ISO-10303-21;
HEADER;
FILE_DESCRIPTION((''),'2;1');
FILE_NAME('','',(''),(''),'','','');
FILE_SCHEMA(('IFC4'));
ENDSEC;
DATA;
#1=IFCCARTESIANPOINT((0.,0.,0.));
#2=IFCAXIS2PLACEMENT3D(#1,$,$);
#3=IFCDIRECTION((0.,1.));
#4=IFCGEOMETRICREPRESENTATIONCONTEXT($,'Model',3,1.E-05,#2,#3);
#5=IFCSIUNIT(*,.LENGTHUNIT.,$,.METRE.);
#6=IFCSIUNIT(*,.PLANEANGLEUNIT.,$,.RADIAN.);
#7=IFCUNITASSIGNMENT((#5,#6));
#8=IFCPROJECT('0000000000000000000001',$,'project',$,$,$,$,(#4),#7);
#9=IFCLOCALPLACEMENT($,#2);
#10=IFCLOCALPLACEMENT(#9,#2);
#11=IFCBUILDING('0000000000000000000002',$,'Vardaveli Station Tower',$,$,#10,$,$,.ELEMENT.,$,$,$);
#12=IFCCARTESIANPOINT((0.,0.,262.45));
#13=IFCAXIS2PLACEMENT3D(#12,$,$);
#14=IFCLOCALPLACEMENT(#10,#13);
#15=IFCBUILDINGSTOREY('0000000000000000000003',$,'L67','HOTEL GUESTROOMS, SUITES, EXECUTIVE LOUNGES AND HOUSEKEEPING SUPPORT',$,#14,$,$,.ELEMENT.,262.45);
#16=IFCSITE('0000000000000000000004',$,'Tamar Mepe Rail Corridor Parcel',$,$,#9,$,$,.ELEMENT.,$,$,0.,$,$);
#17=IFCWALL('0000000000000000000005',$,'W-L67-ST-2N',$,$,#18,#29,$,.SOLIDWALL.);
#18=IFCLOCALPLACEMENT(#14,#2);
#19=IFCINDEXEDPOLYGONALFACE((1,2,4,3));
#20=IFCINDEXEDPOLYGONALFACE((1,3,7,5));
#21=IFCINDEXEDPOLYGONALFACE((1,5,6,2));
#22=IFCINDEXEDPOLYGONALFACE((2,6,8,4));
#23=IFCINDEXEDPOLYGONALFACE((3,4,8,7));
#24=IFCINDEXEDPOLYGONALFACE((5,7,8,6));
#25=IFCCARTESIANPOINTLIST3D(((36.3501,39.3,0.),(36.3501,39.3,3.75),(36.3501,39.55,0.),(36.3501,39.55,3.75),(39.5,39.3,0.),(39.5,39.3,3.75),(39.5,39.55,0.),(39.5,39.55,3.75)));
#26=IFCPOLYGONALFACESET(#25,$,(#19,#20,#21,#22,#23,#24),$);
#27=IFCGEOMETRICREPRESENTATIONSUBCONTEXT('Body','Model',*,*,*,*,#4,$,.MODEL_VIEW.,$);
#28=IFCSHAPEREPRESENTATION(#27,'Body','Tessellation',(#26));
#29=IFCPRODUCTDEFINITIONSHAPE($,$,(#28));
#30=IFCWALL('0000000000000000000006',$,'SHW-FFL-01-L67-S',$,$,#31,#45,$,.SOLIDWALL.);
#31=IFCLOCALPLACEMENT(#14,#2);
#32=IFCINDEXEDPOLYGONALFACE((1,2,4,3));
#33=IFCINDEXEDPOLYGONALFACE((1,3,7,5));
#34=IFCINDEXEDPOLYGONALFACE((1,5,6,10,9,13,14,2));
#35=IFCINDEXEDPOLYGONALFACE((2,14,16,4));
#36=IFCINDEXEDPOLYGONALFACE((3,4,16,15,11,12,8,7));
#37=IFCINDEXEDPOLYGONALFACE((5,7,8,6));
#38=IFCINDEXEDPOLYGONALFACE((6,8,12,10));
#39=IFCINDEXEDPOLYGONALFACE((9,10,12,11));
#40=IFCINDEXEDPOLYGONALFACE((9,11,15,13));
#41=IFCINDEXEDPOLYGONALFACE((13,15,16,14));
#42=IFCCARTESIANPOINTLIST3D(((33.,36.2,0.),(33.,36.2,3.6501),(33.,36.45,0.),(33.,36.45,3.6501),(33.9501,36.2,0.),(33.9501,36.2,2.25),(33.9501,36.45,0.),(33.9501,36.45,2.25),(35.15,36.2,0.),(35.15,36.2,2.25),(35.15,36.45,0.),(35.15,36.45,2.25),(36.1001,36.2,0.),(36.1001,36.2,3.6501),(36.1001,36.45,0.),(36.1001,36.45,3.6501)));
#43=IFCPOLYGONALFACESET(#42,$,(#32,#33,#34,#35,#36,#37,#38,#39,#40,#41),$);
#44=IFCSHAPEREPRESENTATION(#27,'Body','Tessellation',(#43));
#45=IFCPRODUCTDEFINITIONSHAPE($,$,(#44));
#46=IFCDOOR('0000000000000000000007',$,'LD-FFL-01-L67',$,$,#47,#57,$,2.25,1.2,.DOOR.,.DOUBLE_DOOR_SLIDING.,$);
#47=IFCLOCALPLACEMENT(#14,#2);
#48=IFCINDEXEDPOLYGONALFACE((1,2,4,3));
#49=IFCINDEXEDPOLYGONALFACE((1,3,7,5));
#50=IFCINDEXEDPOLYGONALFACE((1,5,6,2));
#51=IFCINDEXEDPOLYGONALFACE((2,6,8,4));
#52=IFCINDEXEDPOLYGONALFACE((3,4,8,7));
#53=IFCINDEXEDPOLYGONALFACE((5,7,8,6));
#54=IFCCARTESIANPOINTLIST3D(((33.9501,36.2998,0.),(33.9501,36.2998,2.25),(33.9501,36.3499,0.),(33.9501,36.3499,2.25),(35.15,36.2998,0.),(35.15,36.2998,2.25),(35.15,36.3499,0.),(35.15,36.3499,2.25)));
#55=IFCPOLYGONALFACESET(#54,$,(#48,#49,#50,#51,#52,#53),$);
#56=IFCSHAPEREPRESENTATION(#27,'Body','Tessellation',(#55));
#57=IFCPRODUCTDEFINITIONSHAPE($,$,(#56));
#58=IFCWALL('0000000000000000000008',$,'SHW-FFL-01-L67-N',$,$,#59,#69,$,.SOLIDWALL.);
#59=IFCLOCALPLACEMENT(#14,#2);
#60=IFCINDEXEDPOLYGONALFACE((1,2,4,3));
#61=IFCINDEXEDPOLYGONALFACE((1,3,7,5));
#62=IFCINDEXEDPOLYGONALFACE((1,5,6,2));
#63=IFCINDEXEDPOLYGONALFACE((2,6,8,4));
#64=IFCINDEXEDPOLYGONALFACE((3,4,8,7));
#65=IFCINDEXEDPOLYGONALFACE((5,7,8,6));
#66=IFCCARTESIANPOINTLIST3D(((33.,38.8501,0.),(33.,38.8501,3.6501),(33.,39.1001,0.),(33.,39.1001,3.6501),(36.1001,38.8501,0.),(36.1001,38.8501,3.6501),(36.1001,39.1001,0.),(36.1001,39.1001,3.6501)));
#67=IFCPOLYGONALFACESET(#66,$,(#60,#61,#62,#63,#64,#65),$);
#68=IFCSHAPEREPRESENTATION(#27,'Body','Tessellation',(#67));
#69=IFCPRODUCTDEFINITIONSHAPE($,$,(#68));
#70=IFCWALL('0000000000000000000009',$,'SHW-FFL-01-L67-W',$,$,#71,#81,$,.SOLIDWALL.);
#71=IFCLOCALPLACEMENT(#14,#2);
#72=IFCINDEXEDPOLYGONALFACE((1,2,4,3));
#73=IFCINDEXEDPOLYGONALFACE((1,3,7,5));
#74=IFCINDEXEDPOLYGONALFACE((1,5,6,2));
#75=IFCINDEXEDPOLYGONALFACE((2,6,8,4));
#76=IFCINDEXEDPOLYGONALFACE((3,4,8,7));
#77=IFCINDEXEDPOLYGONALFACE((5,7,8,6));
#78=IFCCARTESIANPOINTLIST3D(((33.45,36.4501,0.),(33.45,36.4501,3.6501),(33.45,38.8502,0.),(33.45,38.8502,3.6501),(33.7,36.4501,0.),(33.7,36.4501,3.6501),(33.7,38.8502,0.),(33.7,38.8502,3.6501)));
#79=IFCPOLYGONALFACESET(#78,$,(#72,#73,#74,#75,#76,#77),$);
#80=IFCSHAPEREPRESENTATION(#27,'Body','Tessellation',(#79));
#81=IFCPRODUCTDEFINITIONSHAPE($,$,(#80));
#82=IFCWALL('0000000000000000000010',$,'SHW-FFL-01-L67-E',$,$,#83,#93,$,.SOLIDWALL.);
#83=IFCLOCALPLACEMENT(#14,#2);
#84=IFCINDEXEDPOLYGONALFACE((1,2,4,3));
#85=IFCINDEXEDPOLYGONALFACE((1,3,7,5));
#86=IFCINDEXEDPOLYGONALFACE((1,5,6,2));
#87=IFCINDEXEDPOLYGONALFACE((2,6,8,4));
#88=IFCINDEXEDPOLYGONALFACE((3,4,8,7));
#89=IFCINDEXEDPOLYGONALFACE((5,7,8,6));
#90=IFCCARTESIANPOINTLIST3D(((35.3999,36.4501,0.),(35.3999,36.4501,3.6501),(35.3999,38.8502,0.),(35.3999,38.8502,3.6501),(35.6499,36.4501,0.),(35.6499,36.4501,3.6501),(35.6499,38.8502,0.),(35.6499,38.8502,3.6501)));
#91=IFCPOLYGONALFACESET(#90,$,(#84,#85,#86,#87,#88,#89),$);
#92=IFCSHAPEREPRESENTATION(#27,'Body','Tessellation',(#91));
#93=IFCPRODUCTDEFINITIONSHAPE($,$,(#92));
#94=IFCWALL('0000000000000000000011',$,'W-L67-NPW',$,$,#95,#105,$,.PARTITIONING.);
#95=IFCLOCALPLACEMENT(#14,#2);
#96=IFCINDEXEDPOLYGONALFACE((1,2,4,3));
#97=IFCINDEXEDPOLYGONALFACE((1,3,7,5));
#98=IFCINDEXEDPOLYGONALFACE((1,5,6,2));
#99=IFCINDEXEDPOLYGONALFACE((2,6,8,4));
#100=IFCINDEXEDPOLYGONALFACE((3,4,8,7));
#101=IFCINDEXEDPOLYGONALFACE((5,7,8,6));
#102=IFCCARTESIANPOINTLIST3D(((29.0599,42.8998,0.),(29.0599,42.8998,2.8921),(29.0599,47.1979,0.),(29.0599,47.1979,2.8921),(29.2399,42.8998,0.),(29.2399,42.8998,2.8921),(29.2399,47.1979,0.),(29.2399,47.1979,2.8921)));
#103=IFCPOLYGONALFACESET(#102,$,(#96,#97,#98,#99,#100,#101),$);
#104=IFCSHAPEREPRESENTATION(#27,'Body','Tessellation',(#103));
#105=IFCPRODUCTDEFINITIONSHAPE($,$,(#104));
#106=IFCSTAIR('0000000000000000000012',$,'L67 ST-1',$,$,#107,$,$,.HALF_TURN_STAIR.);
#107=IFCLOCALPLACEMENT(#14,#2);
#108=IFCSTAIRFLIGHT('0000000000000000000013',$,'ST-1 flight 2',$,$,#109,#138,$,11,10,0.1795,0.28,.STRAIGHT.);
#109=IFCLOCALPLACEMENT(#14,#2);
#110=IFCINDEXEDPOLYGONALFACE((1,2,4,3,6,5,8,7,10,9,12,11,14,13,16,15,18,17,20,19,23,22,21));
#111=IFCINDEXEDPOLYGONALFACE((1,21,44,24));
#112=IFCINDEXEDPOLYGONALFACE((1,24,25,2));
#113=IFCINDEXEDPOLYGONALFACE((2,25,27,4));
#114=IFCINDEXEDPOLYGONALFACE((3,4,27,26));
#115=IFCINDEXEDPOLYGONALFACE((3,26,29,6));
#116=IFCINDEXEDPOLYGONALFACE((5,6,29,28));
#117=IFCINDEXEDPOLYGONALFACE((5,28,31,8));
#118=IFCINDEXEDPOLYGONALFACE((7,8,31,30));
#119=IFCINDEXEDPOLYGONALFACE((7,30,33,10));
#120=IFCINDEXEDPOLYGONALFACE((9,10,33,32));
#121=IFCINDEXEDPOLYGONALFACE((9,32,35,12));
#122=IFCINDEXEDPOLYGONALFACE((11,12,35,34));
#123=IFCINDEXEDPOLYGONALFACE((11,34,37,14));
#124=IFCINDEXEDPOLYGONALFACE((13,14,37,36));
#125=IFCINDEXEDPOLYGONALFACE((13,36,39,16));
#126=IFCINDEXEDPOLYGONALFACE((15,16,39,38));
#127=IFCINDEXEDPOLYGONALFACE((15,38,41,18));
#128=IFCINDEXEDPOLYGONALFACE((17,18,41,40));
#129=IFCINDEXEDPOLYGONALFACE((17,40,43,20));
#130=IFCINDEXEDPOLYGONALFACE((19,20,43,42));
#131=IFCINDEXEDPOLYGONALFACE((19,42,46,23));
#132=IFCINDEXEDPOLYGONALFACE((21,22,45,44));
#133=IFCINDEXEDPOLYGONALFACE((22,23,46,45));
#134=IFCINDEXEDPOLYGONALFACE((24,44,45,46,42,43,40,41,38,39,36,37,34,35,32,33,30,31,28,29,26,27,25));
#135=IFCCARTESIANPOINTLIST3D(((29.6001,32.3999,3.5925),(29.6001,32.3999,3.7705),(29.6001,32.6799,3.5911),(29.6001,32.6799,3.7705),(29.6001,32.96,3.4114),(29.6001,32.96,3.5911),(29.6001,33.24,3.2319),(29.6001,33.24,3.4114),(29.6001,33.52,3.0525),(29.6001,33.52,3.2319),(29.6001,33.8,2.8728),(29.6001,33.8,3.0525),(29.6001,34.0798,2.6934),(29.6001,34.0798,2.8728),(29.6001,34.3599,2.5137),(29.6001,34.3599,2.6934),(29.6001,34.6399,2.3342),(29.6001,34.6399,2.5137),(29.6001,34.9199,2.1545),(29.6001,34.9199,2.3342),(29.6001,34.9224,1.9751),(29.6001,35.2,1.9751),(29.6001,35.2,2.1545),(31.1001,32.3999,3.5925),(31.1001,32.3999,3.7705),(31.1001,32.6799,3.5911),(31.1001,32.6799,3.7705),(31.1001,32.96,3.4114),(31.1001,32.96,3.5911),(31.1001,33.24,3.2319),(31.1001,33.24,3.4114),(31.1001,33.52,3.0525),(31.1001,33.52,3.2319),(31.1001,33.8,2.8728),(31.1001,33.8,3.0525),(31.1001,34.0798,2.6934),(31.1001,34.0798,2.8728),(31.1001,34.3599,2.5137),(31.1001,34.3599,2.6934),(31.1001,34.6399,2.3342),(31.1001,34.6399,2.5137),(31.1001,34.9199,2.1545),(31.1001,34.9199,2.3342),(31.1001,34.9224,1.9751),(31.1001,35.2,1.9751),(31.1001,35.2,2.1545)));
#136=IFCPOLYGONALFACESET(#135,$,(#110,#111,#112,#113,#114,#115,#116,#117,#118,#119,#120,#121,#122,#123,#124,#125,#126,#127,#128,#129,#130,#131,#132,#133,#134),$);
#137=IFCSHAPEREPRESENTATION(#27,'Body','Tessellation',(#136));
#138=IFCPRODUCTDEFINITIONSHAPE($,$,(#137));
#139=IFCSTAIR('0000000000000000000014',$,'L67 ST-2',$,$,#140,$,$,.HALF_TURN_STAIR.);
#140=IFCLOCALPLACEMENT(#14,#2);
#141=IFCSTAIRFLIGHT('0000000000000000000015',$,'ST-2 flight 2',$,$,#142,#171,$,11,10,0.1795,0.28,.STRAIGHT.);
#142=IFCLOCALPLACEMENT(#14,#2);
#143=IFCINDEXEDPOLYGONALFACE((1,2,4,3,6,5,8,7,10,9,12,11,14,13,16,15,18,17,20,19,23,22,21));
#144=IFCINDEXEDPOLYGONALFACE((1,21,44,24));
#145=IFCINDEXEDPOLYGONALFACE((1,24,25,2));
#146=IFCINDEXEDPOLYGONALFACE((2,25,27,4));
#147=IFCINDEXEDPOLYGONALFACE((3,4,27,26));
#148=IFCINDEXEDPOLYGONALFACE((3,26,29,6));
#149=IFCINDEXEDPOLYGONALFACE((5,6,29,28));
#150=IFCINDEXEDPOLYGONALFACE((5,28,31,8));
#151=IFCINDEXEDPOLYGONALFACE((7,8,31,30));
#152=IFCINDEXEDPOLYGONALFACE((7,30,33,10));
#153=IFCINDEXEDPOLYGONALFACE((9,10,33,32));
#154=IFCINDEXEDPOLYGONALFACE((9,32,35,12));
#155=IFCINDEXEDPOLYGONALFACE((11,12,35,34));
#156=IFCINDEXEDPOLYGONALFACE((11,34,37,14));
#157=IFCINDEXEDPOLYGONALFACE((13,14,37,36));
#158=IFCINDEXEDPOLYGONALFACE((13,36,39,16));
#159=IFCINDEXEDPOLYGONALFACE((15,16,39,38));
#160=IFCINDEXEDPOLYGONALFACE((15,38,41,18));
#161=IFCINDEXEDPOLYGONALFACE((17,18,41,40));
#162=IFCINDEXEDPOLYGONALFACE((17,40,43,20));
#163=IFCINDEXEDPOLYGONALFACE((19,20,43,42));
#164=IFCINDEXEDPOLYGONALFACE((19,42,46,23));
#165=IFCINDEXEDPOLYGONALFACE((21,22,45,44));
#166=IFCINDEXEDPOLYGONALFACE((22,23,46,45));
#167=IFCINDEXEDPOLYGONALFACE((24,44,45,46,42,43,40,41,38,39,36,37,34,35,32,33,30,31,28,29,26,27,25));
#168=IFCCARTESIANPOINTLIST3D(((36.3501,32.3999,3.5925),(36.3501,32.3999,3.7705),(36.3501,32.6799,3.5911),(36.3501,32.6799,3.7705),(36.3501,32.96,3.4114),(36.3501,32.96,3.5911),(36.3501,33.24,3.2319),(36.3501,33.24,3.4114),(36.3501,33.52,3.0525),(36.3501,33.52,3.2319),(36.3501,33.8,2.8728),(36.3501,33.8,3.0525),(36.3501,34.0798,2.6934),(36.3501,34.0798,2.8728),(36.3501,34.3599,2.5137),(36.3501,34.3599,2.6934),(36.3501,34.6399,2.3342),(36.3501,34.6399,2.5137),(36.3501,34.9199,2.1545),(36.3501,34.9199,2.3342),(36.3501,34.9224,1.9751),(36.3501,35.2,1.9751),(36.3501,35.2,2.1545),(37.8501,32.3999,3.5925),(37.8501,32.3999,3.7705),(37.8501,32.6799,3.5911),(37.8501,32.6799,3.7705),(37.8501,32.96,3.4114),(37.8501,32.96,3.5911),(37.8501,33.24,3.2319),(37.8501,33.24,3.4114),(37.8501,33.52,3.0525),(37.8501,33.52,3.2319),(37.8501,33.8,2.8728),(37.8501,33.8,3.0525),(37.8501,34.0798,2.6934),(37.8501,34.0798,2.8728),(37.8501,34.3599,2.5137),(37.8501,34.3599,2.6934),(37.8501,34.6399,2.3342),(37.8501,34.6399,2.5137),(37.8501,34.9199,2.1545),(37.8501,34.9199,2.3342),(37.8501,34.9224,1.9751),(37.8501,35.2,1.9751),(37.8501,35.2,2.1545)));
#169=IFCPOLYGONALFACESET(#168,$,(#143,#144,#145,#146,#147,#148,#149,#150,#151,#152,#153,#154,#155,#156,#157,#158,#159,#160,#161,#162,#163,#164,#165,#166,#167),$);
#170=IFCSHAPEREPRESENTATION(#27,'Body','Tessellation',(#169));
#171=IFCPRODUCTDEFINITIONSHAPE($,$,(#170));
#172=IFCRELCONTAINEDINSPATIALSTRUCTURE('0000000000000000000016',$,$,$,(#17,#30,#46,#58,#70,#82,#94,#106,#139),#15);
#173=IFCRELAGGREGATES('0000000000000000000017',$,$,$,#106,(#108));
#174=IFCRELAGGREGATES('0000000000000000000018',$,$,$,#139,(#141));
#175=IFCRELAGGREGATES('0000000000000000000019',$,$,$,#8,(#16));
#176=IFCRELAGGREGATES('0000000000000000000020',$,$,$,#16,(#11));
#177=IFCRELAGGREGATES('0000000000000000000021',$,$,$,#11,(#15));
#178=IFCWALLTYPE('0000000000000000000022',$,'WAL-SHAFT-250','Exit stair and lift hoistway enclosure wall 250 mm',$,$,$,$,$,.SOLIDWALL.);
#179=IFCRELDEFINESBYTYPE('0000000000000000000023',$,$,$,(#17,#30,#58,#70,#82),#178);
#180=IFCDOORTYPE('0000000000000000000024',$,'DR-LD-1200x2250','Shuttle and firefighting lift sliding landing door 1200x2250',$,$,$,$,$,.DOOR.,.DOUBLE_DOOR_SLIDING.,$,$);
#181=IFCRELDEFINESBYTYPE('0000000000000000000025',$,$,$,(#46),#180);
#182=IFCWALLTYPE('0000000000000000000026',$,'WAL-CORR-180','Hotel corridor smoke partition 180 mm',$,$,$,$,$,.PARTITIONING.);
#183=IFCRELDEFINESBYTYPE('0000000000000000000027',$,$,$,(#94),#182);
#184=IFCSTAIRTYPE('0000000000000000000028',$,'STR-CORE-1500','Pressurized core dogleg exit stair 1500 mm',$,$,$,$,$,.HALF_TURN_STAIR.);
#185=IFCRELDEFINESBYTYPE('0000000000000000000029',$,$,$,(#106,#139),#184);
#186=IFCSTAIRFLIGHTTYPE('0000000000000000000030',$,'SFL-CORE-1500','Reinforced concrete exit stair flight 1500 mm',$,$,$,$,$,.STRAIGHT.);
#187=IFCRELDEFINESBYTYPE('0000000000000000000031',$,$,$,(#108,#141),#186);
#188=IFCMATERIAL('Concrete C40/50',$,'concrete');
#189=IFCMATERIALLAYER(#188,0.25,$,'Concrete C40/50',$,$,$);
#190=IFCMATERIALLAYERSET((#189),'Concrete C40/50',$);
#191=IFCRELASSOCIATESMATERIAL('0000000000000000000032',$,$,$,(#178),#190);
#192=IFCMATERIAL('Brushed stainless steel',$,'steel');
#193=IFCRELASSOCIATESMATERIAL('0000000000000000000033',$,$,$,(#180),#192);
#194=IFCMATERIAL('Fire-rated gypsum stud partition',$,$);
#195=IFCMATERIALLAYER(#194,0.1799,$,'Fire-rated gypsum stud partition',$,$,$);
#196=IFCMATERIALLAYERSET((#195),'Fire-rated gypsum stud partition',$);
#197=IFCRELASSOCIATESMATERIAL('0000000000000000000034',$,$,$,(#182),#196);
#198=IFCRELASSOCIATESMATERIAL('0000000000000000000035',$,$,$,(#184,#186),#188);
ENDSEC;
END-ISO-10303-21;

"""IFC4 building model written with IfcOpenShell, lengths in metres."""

from ifc_helpers import new_model, si_unit, direction, frame, frame_2d, origin, place, context, subcontext, project, spatial, polyline, rectangle, outline, extrude, source, transform, mapped, material, layer, layer_set, type_object, element, fill, aggregate, save


model = new_model("IFC4")

# Units and contexts
model_context = context("Model", 3, precision=1e-05, world=origin(), true_north=direction((0.0, 1.0)))
body_context = subcontext(model_context, "Body", "Model", "MODEL_VIEW")
ifc_project = project(units=[si_unit("LENGTHUNIT", "METRE"), si_unit("PLANEANGLEUNIT", "RADIAN")], contexts=[model_context])

# Site, building, storey
site_placement = place(None, origin())
site = spatial("IfcSite", under=ifc_project, at=site_placement, Name="Tamar Mepe Rail Corridor Parcel", CompositionType="ELEMENT", RefElevation=0.0)
building_placement = place(site_placement, origin())
building = spatial("IfcBuilding", under=site, at=building_placement, Name="Vardaveli Station Tower", CompositionType="ELEMENT")
storey_placement = place(building_placement, frame((0.0, 0.0, 262.45)))
storey = spatial("IfcBuildingStorey", under=building, at=storey_placement, Name="L67", Description="HOTEL GUESTROOMS, SUITES, EXECUTIVE LOUNGES AND HOUSEKEEPING SUPPORT", CompositionType="ELEMENT", Elevation=262.45)

# Wall
ifc_material_1 = material(Name="Concrete C40/50", Category="concrete")
ifc_layer_1 = layer(ifc_material_1, 0.25, Name="Concrete C40/50")
ifc_layer_set_1 = layer_set([ifc_layer_1], Name="Concrete C40/50")
wall_type_1 = type_object("IfcWallType", Name="WAL-SHAFT-250", Description="Exit stair and lift hoistway enclosure wall 250 mm", PredefinedType="SOLIDWALL", material=ifc_layer_set_1)
shared_shape_1 = source(origin(), body_context, "Body", "SweptSolid", [
    extrude(rectangle(XDim=3.1499, YDim=0.25, at=frame_2d((1.575, 0.0))), origin(), (0.0, 0.0, 1.0), 3.75),
])
for number, where, z_axis, x_axis, name in (
    (1, (36.3501, 39.425, 0.0), (0.0, 0.0, 1.0), (1.0, 0.0, 0.0), "W-L67-ST-2N"),
):
    element("IfcWall", number, at=place(storey_placement, frame(where, z_axis=z_axis, x_axis=x_axis)), inside=storey, type_object=wall_type_1, Name=name, PredefinedType="SOLIDWALL", context=body_context, shape_type="MappedRepresentation", body=[
        mapped(shared_shape_1, transform((0.0, 0.0, 0.0), scale=1.0)),
    ])

# Wall, opening, door
shared_shape_2 = source(origin(), body_context, "Body", "SweptSolid", [
    extrude(rectangle(XDim=3.1001, YDim=0.25, at=frame_2d((1.55, 0.0))), origin(), (0.0, 0.0, 1.0), 3.6501),
])
wall_1_placement = place(storey_placement, frame((33.0, 36.325, 0.0), z_axis=(0.0, 0.0, 1.0), x_axis=(1.0, 0.0, 0.0)))
wall_1 = element("IfcWall", 2, at=wall_1_placement, inside=storey, type_object=wall_type_1, Name="SHW-FFL-01-L67-S", PredefinedType="SOLIDWALL", context=body_context, shape_type="MappedRepresentation", body=[
    mapped(shared_shape_2, transform((0.0, 0.0, 0.0), scale=1.0)),
])
shared_shape_3 = source(origin(), body_context, "Body", "SweptSolid", [
    extrude(rectangle(XDim=1.2, YDim=2.25, at=frame_2d((0.6001, 1.125))), frame((0.0, 0.135, 0.0), z_axis=(0.0, -1.0, 0.0), x_axis=(1.0, 0.0, 0.0)), (0.0, 0.0, 1.0), 0.27),
])
opening_1_placement = place(wall_1_placement, frame((0.95, 0.0, 0.0)))
opening_1 = element("IfcOpeningElement", 3, at=opening_1_placement, cuts=wall_1, PredefinedType="OPENING", context=body_context, shape_type="MappedRepresentation", body=[
    mapped(shared_shape_3, transform((0.0, 0.0, 0.0), scale=1.0)),
])
ifc_material_2 = material(Name="Brushed stainless steel", Category="steel")
door_type_1 = type_object("IfcDoorType", Name="DR-LD-1200x2250", Description="Shuttle and firefighting lift sliding landing door 1200x2250", OperationType="DOUBLE_DOOR_SLIDING", PredefinedType="DOOR", material=ifc_material_2)
shared_shape_4 = source(origin(), body_context, "Body", "SweptSolid", [
    extrude(rectangle(XDim=1.2, YDim=2.25, at=frame_2d((0.6001, 1.125))), frame((0.0, 0.0249, 0.0), z_axis=(0.0, -1.0, 0.0), x_axis=(1.0, 0.0, 0.0)), (0.0, 0.0, 1.0), 0.05),
])
door_1_placement = place(opening_1_placement, origin())
door_1 = element("IfcDoor", 4, at=door_1_placement, inside=storey, type_object=door_type_1, Name="LD-FFL-01-L67", OperationType="DOUBLE_DOOR_SLIDING", OverallHeight=2.25, OverallWidth=1.2, PredefinedType="DOOR", context=body_context, shape_type="MappedRepresentation", body=[
    mapped(shared_shape_4, transform((0.0, 0.0, 0.0), scale=1.0)),
])
fill(opening_1, door_1)

# Walls
wall_2_placement = place(storey_placement, frame((33.0, 38.9751, 0.0), z_axis=(0.0, 0.0, 1.0), x_axis=(1.0, 0.0, 0.0)))
element("IfcWall", 5, at=wall_2_placement, inside=storey, type_object=wall_type_1, Name="SHW-FFL-01-L67-N", PredefinedType="SOLIDWALL", context=body_context, shape_type="MappedRepresentation", body=[
    mapped(shared_shape_2, transform((0.0, 0.0, 0.0), scale=1.0)),
])
shared_shape_5 = source(origin(), body_context, "Body", "SweptSolid", [
    extrude(rectangle(XDim=2.4001, YDim=0.25, at=frame_2d((1.2002, 0.0))), origin(), (0.0, 0.0, 1.0), 3.6501),
])
for number, where, z_axis, x_axis, name in (
    (6, (33.575, 36.45, 0.0), (0.0, 0.0, 1.0), (0.0, 1.0, 0.0), "SHW-FFL-01-L67-W"),
    (7, (35.5249, 36.45, 0.0), (0.0, 0.0, 1.0), (0.0, 1.0, 0.0), "SHW-FFL-01-L67-E"),
):
    element("IfcWall", number, at=place(storey_placement, frame(where, z_axis=z_axis, x_axis=x_axis)), inside=storey, type_object=wall_type_1, Name=name, PredefinedType="SOLIDWALL", context=body_context, shape_type="MappedRepresentation", body=[
        mapped(shared_shape_5, transform((0.0, 0.0, 0.0), scale=1.0)),
    ])
ifc_material_3 = material(Name="Fire-rated gypsum stud partition")
ifc_layer_2 = layer(ifc_material_3, 0.1799, Name="Fire-rated gypsum stud partition")
ifc_layer_set_2 = layer_set([ifc_layer_2], Name="Fire-rated gypsum stud partition")
wall_type_2 = type_object("IfcWallType", Name="WAL-CORR-180", Description="Hotel corridor smoke partition 180 mm", PredefinedType="PARTITIONING", material=ifc_layer_set_2)
shared_shape_6 = source(origin(), body_context, "Body", "SweptSolid", [
    extrude(rectangle(XDim=4.2981, YDim=0.1799, at=frame_2d((2.1489, 0.0))), origin(), (0.0, 0.0, 1.0), 2.8921),
])
wall_3_placement = place(storey_placement, frame((29.1499, 42.8999, 0.0), z_axis=(0.0, 0.0, 1.0), x_axis=(0.0, 1.0, 0.0)))
element("IfcWall", 8, at=wall_3_placement, inside=storey, type_object=wall_type_2, Name="W-L67-NPW", PredefinedType="PARTITIONING", context=body_context, shape_type="MappedRepresentation", body=[
    mapped(shared_shape_6, transform((0.0, 0.0, 0.0), scale=1.0)),
])

# Stairs, stair flights
stair_type = type_object("IfcStairType", Name="STR-CORE-1500", Description="Pressurized core dogleg exit stair 1500 mm", PredefinedType="HALF_TURN_STAIR", material=ifc_material_1)
stair_1_placement = place(storey_placement, origin())
stair_1 = element("IfcStair", 9, at=stair_1_placement, inside=storey, type_object=stair_type, Name="L67 ST-1", PredefinedType="HALF_TURN_STAIR")
stair_flight_type = type_object("IfcStairFlightType", Name="SFL-CORE-1500", Description="Reinforced concrete exit stair flight 1500 mm", PredefinedType="STRAIGHT", material=ifc_material_1)
shared_shape_7 = source(origin(), body_context, "Body", "SweptSolid", [
    extrude(outline(polyline([(0.0, 0.0), (0.0, 0.1794), (0.28, 0.1794), (0.28, 0.3591), (0.5601, 0.3591), (0.5601, 0.5386), (0.8401, 0.5386), (0.8401, 0.7183), (1.1201, 0.7183), (1.1201, 0.8977), (1.3999, 0.8977), (1.3999, 1.0774), (1.6799, 1.0774), (1.6799, 1.2568), (1.96, 1.2568), (1.96, 1.4363), (2.24, 1.4363), (2.24, 1.616), (2.52, 1.616), (2.52, 1.7954), (2.8, 1.7954), (2.8, 1.9751), (2.8, 1.6174), (0.2776, 0.0), (0.0, 0.0)])), frame((0.0, 0.75, 0.0), z_axis=(0.0, -1.0, 0.0), x_axis=(1.0, 0.0, 0.0)), (0.0, 0.0, 1.0), 1.5),
])
stair_flight_1_placement = place(storey_placement, frame((30.3501, 35.2, 1.9751), z_axis=(0.0, 0.0, 1.0), x_axis=(0.0, -1.0, 0.0)))
stair_flight_1 = element("IfcStairFlight", 10, at=stair_flight_1_placement, type_object=stair_flight_type, Name="ST-1 flight 2", NumberOfRisers=11, NumberOfTreads=10, PredefinedType="STRAIGHT", RiserHeight=0.1795, TreadLength=0.28, context=body_context, shape_type="MappedRepresentation", body=[
    mapped(shared_shape_7, transform((0.0, 0.0, 0.0), scale=1.0)),
])
aggregate(stair_1, [stair_flight_1])
stair_2_placement = place(storey_placement, origin())
stair_2 = element("IfcStair", 11, at=stair_2_placement, inside=storey, type_object=stair_type, Name="L67 ST-2", PredefinedType="HALF_TURN_STAIR")
stair_flight_2_placement = place(storey_placement, frame((37.1001, 35.2, 1.9751), z_axis=(0.0, 0.0, 1.0), x_axis=(0.0, -1.0, 0.0)))
stair_flight_2 = element("IfcStairFlight", 12, at=stair_flight_2_placement, type_object=stair_flight_type, Name="ST-2 flight 2", NumberOfRisers=11, NumberOfTreads=10, PredefinedType="STRAIGHT", RiserHeight=0.1795, TreadLength=0.28, context=body_context, shape_type="MappedRepresentation", body=[
    mapped(shared_shape_7, transform((0.0, 0.0, 0.0), scale=1.0)),
])
aggregate(stair_2, [stair_flight_2])

save(model, "model.ifc")
